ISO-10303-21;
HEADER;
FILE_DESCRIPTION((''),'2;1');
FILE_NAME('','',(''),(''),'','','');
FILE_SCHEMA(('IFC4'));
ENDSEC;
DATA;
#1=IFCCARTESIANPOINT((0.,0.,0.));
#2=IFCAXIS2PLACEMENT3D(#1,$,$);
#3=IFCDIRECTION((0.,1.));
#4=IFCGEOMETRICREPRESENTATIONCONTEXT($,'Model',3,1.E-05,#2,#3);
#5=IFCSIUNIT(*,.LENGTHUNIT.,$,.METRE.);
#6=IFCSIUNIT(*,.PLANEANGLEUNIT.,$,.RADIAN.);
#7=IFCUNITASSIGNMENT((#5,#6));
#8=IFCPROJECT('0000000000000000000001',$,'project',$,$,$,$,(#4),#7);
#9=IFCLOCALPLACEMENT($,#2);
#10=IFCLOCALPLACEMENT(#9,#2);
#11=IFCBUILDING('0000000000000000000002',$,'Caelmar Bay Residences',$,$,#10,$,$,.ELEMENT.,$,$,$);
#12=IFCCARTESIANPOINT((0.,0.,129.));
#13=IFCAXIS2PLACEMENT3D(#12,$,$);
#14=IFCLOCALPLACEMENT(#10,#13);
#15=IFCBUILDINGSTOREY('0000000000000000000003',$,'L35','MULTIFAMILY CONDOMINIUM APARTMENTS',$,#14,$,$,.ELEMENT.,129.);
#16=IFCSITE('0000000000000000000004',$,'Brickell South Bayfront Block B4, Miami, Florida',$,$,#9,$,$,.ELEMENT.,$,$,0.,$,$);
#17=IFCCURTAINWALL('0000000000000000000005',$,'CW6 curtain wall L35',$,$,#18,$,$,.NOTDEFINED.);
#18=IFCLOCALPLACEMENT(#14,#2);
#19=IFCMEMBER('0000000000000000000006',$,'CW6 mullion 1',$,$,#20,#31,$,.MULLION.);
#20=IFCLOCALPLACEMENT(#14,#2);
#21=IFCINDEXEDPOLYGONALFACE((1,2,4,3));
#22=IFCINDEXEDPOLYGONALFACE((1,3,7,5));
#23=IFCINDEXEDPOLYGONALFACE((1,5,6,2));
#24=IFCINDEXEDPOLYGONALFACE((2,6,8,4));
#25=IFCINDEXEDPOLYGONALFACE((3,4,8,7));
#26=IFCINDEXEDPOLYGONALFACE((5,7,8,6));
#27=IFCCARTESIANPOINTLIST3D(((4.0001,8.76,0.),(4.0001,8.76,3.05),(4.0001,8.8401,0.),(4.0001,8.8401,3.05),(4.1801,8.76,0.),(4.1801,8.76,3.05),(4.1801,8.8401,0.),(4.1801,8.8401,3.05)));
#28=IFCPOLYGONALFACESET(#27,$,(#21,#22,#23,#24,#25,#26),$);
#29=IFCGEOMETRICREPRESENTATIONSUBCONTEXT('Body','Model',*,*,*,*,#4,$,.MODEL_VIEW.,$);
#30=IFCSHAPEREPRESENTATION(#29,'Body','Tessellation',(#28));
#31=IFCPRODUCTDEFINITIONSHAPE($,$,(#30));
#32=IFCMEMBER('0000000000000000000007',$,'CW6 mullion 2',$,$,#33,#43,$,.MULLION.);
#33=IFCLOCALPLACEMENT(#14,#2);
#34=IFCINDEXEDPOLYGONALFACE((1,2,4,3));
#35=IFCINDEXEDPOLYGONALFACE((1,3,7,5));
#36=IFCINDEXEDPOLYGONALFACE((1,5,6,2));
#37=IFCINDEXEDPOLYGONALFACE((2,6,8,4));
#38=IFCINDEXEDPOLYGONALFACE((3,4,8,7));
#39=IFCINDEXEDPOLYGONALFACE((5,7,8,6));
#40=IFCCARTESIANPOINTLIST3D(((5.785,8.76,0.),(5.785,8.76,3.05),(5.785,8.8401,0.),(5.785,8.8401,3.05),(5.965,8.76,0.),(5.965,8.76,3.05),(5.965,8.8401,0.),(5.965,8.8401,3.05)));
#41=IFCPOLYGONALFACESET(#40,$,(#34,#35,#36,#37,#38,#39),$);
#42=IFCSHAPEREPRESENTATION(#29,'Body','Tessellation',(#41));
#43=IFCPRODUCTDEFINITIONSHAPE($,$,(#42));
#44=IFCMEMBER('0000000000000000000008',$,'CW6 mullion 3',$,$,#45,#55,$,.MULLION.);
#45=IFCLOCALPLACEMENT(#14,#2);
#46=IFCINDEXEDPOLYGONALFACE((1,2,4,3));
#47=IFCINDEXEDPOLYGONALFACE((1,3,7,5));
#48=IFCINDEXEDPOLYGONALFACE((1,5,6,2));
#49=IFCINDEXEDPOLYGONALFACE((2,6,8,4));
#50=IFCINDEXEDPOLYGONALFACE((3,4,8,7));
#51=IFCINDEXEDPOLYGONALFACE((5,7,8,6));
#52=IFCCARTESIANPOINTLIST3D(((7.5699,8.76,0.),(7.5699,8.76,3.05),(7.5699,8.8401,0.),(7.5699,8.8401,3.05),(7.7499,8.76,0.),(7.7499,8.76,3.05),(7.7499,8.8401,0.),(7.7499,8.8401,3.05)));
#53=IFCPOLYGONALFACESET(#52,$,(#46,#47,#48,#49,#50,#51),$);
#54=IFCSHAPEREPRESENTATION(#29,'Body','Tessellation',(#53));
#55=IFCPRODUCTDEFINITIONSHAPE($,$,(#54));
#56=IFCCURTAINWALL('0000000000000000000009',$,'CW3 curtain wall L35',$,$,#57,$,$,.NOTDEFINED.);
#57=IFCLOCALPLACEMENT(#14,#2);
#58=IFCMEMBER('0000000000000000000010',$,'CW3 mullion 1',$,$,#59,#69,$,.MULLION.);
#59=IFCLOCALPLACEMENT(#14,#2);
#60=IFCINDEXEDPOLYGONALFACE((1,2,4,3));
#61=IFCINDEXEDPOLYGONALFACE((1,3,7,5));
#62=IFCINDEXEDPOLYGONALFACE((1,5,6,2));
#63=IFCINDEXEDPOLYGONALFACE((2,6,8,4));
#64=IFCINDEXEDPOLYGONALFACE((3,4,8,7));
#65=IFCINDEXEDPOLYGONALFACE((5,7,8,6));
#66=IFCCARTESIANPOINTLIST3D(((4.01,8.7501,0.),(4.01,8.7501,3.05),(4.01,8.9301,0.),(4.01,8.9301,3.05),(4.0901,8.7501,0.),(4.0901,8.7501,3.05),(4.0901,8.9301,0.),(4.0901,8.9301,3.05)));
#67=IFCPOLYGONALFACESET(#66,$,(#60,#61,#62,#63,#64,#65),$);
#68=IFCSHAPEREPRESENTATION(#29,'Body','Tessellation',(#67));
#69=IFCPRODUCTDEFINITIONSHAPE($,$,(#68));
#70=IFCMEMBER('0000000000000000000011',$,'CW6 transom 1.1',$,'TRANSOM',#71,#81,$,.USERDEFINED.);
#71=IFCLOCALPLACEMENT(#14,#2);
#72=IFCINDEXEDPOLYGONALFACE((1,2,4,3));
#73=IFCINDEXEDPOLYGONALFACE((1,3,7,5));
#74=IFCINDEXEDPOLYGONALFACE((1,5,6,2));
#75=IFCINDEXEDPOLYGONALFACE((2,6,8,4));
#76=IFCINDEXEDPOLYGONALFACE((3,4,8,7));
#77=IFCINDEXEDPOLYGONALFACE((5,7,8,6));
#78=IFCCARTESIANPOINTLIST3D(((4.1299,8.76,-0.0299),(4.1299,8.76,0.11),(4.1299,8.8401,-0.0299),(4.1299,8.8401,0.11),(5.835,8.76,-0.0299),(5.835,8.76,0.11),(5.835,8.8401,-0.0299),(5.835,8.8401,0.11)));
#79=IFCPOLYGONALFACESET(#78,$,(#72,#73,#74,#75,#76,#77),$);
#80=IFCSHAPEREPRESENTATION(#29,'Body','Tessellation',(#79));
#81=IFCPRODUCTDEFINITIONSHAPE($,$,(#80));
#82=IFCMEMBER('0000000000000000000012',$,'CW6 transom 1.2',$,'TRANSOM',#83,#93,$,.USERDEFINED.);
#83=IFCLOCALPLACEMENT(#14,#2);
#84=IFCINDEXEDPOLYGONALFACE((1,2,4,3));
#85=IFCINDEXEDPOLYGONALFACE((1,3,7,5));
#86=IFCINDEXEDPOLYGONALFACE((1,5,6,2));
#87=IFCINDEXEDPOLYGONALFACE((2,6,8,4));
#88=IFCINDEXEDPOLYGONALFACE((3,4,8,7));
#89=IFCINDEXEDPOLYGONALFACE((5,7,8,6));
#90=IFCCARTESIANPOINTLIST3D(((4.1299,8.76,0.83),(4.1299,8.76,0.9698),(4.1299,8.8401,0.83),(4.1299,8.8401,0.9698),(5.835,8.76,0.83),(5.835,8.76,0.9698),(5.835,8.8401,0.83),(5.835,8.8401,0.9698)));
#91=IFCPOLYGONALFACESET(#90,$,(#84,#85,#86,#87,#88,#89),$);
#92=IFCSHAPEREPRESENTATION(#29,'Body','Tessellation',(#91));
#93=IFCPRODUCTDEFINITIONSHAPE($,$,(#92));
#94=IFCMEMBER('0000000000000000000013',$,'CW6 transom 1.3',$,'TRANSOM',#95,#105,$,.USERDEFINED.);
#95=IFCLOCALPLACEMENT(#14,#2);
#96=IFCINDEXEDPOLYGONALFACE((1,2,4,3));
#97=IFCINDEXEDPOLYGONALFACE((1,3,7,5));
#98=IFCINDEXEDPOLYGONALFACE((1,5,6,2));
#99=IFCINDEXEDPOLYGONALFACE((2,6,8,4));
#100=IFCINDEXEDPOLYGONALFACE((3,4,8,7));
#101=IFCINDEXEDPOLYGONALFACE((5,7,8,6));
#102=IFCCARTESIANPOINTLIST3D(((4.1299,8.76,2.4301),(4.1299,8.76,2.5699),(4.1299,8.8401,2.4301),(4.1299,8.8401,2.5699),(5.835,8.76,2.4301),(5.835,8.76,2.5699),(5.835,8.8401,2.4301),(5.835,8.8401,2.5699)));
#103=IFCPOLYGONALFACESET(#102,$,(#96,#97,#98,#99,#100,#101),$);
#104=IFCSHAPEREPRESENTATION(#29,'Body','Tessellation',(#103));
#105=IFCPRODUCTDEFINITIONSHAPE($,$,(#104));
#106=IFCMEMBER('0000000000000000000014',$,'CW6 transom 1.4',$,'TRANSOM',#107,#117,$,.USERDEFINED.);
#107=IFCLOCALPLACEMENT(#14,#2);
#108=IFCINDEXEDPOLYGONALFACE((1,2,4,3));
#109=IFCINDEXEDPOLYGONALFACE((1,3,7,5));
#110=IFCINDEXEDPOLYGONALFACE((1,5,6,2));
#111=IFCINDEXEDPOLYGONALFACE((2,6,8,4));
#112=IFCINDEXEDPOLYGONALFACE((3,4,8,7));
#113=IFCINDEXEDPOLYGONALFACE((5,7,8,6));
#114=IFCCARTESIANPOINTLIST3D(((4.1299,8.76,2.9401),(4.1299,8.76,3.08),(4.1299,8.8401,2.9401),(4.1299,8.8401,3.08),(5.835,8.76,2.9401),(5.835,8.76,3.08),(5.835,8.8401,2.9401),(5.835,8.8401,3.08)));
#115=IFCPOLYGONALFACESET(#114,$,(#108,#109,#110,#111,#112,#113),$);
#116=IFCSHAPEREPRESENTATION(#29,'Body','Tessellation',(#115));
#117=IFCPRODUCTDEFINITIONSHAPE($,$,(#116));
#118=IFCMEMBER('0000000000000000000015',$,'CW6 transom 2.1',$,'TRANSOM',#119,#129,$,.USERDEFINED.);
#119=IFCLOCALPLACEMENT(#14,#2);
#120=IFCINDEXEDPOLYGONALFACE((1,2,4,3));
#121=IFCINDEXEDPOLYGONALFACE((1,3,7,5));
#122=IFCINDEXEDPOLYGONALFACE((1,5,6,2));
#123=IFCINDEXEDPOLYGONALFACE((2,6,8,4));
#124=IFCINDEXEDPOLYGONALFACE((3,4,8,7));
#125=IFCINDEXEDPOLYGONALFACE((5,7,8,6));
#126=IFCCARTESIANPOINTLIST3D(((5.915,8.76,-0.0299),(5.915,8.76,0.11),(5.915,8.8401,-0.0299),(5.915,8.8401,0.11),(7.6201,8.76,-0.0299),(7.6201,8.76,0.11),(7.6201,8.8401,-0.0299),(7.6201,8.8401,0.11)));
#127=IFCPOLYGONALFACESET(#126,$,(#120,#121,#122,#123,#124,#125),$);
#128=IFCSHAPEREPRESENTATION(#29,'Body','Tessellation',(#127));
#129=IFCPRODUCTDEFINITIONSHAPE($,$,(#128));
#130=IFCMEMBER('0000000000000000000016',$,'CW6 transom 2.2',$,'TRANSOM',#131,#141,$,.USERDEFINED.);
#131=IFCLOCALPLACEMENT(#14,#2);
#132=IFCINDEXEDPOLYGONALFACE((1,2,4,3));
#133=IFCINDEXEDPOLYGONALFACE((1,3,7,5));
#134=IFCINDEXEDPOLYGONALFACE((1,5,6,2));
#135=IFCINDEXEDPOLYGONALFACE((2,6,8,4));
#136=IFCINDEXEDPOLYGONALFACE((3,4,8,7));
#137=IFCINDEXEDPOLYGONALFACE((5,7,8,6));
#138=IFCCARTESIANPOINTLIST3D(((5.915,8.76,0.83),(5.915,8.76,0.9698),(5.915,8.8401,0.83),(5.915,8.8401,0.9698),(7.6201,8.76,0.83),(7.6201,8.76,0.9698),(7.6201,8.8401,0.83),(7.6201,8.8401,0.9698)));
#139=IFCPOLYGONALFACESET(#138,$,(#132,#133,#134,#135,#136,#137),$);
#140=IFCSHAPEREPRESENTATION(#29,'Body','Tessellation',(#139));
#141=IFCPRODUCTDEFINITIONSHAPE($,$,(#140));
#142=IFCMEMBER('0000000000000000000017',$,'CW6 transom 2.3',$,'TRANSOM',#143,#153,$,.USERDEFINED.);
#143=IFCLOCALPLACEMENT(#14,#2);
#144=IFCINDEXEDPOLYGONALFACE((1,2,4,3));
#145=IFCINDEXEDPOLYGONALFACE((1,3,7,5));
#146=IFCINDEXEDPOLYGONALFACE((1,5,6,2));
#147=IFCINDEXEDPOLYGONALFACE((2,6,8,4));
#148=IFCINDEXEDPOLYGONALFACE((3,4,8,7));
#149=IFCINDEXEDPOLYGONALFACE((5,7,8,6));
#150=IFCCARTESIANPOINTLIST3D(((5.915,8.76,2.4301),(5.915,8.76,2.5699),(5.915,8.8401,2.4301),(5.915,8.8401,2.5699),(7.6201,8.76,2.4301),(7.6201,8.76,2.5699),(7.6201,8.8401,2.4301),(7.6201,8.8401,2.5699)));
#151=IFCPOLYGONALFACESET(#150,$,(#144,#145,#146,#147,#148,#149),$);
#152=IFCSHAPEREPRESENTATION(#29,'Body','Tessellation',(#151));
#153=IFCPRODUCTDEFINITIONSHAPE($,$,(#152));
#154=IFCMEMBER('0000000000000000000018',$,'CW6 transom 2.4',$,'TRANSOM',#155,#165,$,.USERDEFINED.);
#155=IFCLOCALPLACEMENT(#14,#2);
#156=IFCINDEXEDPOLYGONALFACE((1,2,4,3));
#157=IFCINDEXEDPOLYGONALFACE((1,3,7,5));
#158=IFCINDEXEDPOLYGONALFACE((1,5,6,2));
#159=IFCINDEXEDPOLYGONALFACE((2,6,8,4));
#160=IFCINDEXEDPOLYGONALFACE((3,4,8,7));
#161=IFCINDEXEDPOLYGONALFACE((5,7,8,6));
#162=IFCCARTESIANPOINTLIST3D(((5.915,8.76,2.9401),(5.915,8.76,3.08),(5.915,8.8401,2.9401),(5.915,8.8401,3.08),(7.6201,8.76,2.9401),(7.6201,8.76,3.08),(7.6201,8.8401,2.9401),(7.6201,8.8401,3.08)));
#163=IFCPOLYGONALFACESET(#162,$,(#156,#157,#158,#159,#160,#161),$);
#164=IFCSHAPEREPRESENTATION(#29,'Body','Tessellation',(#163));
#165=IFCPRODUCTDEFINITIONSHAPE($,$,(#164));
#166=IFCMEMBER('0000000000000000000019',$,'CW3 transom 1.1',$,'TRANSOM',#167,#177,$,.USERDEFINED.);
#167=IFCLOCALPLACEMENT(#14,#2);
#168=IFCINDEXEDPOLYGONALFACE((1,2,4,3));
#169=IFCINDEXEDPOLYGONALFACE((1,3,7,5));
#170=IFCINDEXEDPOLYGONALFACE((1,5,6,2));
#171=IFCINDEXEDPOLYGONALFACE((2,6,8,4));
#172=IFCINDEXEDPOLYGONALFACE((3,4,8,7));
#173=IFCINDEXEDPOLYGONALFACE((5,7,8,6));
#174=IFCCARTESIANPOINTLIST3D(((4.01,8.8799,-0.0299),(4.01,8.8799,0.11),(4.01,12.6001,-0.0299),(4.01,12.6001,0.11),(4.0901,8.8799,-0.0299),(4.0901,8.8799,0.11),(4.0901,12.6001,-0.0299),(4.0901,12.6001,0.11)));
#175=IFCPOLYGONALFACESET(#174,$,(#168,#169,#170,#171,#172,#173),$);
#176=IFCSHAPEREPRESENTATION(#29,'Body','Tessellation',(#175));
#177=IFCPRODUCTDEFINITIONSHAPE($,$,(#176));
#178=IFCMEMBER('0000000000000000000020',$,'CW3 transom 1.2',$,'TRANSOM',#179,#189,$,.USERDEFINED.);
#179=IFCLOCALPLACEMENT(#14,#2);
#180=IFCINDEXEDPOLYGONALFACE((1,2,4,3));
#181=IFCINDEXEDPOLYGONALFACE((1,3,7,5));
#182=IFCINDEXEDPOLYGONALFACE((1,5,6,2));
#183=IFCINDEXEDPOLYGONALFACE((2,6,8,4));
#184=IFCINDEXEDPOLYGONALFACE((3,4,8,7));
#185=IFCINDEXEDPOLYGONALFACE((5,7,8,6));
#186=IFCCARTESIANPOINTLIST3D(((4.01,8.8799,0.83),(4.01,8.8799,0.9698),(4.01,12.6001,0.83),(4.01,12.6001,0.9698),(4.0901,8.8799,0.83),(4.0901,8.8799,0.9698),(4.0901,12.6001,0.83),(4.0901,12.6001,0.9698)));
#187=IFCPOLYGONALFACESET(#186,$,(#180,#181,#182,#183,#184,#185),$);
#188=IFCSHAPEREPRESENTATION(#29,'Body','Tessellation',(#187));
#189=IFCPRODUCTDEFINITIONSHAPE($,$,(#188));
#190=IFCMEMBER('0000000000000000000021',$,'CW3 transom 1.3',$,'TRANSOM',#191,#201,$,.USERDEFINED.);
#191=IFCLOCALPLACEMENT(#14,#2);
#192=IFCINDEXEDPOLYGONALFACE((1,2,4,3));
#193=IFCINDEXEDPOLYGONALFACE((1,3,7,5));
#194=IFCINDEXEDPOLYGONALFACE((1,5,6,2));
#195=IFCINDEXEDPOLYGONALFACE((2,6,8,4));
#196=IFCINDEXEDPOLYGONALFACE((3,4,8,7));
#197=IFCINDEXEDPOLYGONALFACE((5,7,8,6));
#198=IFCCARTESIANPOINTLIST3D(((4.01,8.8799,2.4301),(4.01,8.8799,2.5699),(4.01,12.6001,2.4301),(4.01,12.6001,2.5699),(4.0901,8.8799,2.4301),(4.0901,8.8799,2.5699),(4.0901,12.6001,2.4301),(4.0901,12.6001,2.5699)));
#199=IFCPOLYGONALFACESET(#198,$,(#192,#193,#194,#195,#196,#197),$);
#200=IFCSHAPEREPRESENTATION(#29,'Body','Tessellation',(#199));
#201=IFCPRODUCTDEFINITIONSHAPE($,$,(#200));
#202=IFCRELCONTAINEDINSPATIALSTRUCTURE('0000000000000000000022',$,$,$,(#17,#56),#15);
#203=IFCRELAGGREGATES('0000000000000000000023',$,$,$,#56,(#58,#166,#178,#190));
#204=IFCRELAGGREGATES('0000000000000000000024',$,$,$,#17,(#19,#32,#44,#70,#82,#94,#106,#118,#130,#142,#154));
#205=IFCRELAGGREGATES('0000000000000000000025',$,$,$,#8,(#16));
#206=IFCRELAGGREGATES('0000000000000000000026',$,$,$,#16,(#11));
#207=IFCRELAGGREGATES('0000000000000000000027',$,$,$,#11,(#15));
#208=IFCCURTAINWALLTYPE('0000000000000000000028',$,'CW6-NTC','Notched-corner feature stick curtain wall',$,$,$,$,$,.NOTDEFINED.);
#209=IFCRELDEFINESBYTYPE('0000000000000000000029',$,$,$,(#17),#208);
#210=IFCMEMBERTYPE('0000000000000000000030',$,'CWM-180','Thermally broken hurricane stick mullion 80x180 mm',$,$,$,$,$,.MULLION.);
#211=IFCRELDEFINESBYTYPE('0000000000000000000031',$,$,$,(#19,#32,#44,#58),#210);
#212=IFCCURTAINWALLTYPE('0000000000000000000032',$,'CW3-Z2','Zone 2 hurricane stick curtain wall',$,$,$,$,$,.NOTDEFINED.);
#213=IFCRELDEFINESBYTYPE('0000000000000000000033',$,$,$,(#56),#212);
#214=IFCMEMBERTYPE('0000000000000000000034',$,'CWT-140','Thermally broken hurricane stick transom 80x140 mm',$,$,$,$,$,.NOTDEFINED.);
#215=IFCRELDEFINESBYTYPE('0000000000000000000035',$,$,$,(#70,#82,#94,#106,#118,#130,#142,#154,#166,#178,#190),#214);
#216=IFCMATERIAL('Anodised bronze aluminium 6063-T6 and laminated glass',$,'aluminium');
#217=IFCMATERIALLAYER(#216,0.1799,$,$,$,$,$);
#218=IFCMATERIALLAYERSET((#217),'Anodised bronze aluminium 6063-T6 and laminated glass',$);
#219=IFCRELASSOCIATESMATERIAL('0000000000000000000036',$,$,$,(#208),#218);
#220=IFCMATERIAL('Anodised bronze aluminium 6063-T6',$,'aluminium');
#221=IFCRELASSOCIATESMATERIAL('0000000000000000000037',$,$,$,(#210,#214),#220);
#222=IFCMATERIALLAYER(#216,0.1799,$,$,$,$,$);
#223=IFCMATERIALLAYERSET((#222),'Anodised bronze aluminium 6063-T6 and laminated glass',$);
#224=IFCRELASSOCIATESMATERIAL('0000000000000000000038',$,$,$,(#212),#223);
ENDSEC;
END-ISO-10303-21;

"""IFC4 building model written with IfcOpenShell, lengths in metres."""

from ifc_helpers import new_model, si_unit, direction, frame, origin, origin_2d, place, context, subcontext, project, spatial, rectangle, extrude, material, layer, layer_set, material_profile, profile_set, type_object, element, aggregate, save


model = new_model("IFC4")

# Units and contexts
model_context = context("Model", 3, precision=1e-05, world=origin(), true_north=direction((0.0, 1.0)))
body_context = subcontext(model_context, "Body", "Model", "MODEL_VIEW")
ifc_project = project(units=[si_unit("LENGTHUNIT", "METRE"), si_unit("PLANEANGLEUNIT", "RADIAN")], contexts=[model_context])

# Site, building, storey
site_placement = place(None, origin())
site = spatial("IfcSite", under=ifc_project, at=site_placement, Name="Brickell South Bayfront Block B4, Miami, Florida", CompositionType="ELEMENT", RefElevation=0.0)
building_placement = place(site_placement, origin())
building = spatial("IfcBuilding", under=site, at=building_placement, Name="Caelmar Bay Residences", CompositionType="ELEMENT")
storey_placement = place(building_placement, frame((0.0, 0.0, 129.0)))
storey = spatial("IfcBuildingStorey", under=building, at=storey_placement, Name="L35", Description="MULTIFAMILY CONDOMINIUM APARTMENTS", CompositionType="ELEMENT", Elevation=129.0)

# Curtain wall, members
ifc_material_1 = material(Name="Anodised bronze aluminium 6063-T6 and laminated glass", Category="aluminium")
ifc_layer_1 = layer(ifc_material_1, 0.1799)
ifc_layer_set_1 = layer_set([ifc_layer_1], Name="Anodised bronze aluminium 6063-T6 and laminated glass")
curtain_wall_type_1 = type_object("IfcCurtainWallType", Name="CW6-NTC", Description="Notched-corner feature stick curtain wall", PredefinedType="NOTDEFINED", material=ifc_layer_set_1)
curtain_wall_1_placement = place(storey_placement, origin())
curtain_wall_1 = element("IfcCurtainWall", 1, at=curtain_wall_1_placement, inside=storey, type_object=curtain_wall_type_1, Name="CW6 curtain wall L35", PredefinedType="NOTDEFINED")
ifc_material_2 = material(Name="Anodised bronze aluminium 6063-T6", Category="aluminium")
ifc_material_profile_1 = material_profile(ifc_material_2, rectangle(XDim=0.0801, YDim=0.1799, at=origin_2d()), Name="CWM-80X180")
ifc_profile_set_1 = profile_set([ifc_material_profile_1], Name="Anodised bronze aluminium 6063-T6")
member_type_1 = type_object("IfcMemberType", Name="CWM-180", Description="Thermally broken hurricane stick mullion 80x180 mm", PredefinedType="MULLION", material=ifc_profile_set_1)
member_1_placement = place(storey_placement, frame((4.0901, 8.8, 0.0), z_axis=(0.0, 0.0, 1.0), x_axis=(0.0, 1.0, 0.0)))
member_1 = element("IfcMember", 2, at=member_1_placement, type_object=member_type_1, Name="CW6 mullion 1", PredefinedType="MULLION", context=body_context, shape_type="SweptSolid", body=[
    extrude(rectangle(XDim=0.0801, YDim=0.1799, at=origin_2d()), origin(), (0.0, 0.0, 1.0), 3.05),
])
member_2_placement = place(storey_placement, frame((5.875, 8.8, 0.0), z_axis=(0.0, 0.0, 1.0), x_axis=(0.0, 1.0, 0.0)))
member_2 = element("IfcMember", 3, at=member_2_placement, type_object=member_type_1, Name="CW6 mullion 2", PredefinedType="MULLION", context=body_context, shape_type="SweptSolid", body=[
    extrude(rectangle(XDim=0.0801, YDim=0.1799, at=origin_2d()), origin(), (0.0, 0.0, 1.0), 3.05),
])
member_3_placement = place(storey_placement, frame((7.6599, 8.8, 0.0), z_axis=(0.0, 0.0, 1.0), x_axis=(0.0, 1.0, 0.0)))
member_3 = element("IfcMember", 4, at=member_3_placement, type_object=member_type_1, Name="CW6 mullion 3", PredefinedType="MULLION", context=body_context, shape_type="SweptSolid", body=[
    extrude(rectangle(XDim=0.0801, YDim=0.1799, at=origin_2d()), origin(), (0.0, 0.0, 1.0), 3.05),
])

# Curtain wall, member
ifc_layer_2 = layer(ifc_material_1, 0.1799)
ifc_layer_set_2 = layer_set([ifc_layer_2], Name="Anodised bronze aluminium 6063-T6 and laminated glass")
curtain_wall_type_2 = type_object("IfcCurtainWallType", Name="CW3-Z2", Description="Zone 2 hurricane stick curtain wall", PredefinedType="NOTDEFINED", material=ifc_layer_set_2)
curtain_wall_2_placement = place(storey_placement, origin())
curtain_wall_2 = element("IfcCurtainWall", 5, at=curtain_wall_2_placement, inside=storey, type_object=curtain_wall_type_2, Name="CW3 curtain wall L35", PredefinedType="NOTDEFINED")
member_4_placement = place(storey_placement, frame((4.05, 8.8401, 0.0), z_axis=(0.0, 0.0, 1.0), x_axis=(-1.0, 0.0, 0.0)))
member_4 = element("IfcMember", 6, at=member_4_placement, type_object=member_type_1, Name="CW3 mullion 1", PredefinedType="MULLION", context=body_context, shape_type="SweptSolid", body=[
    extrude(rectangle(XDim=0.0801, YDim=0.1799, at=origin_2d()), origin(), (0.0, 0.0, 1.0), 3.05),
])

# Members
ifc_material_profile_2 = material_profile(ifc_material_2, rectangle(XDim=0.0801, YDim=0.1399, at=origin_2d()), Name="CWT-80X140")
ifc_profile_set_2 = profile_set([ifc_material_profile_2], Name="Anodised bronze aluminium 6063-T6")
member_type_2 = type_object("IfcMemberType", Name="CWT-140", Description="Thermally broken hurricane stick transom 80x140 mm", PredefinedType="NOTDEFINED", material=ifc_profile_set_2)
member_5_placement = place(storey_placement, frame((4.1299, 8.8, 0.04), z_axis=(1.0, 0.0, 0.0), x_axis=(0.0, 1.0, 0.0)))
member_5 = element("IfcMember", 7, at=member_5_placement, type_object=member_type_2, Name="CW6 transom 1.1", ObjectType="TRANSOM", PredefinedType="USERDEFINED", context=body_context, shape_type="SweptSolid", body=[
    extrude(rectangle(XDim=0.0801, YDim=0.1399, at=origin_2d()), origin(), (0.0, 0.0, 1.0), 1.7051),
])
member_6_placement = place(storey_placement, frame((4.1299, 8.8, 0.8999), z_axis=(1.0, 0.0, 0.0), x_axis=(0.0, 1.0, 0.0)))
member_6 = element("IfcMember", 8, at=member_6_placement, type_object=member_type_2, Name="CW6 transom 1.2", ObjectType="TRANSOM", PredefinedType="USERDEFINED", context=body_context, shape_type="SweptSolid", body=[
    extrude(rectangle(XDim=0.0801, YDim=0.1399, at=origin_2d()), origin(), (0.0, 0.0, 1.0), 1.7051),
])
member_7_placement = place(storey_placement, frame((4.1299, 8.8, 2.5), z_axis=(1.0, 0.0, 0.0), x_axis=(0.0, 1.0, 0.0)))
member_7 = element("IfcMember", 9, at=member_7_placement, type_object=member_type_2, Name="CW6 transom 1.3", ObjectType="TRANSOM", PredefinedType="USERDEFINED", context=body_context, shape_type="SweptSolid", body=[
    extrude(rectangle(XDim=0.0801, YDim=0.1399, at=origin_2d()), origin(), (0.0, 0.0, 1.0), 1.7051),
])
member_8_placement = place(storey_placement, frame((4.1299, 8.8, 3.01), z_axis=(1.0, 0.0, 0.0), x_axis=(0.0, 1.0, 0.0)))
member_8 = element("IfcMember", 10, at=member_8_placement, type_object=member_type_2, Name="CW6 transom 1.4", ObjectType="TRANSOM", PredefinedType="USERDEFINED", context=body_context, shape_type="SweptSolid", body=[
    extrude(rectangle(XDim=0.0801, YDim=0.1399, at=origin_2d()), origin(), (0.0, 0.0, 1.0), 1.7051),
])
member_9_placement = place(storey_placement, frame((5.915, 8.8, 0.04), z_axis=(1.0, 0.0, 0.0), x_axis=(0.0, 1.0, 0.0)))
member_9 = element("IfcMember", 11, at=member_9_placement, type_object=member_type_2, Name="CW6 transom 2.1", ObjectType="TRANSOM", PredefinedType="USERDEFINED", context=body_context, shape_type="SweptSolid", body=[
    extrude(rectangle(XDim=0.0801, YDim=0.1399, at=origin_2d()), origin(), (0.0, 0.0, 1.0), 1.7051),
])
member_10_placement = place(storey_placement, frame((5.915, 8.8, 0.8999), z_axis=(1.0, 0.0, 0.0), x_axis=(0.0, 1.0, 0.0)))
member_10 = element("IfcMember", 12, at=member_10_placement, type_object=member_type_2, Name="CW6 transom 2.2", ObjectType="TRANSOM", PredefinedType="USERDEFINED", context=body_context, shape_type="SweptSolid", body=[
    extrude(rectangle(XDim=0.0801, YDim=0.1399, at=origin_2d()), origin(), (0.0, 0.0, 1.0), 1.7051),
])
member_11_placement = place(storey_placement, frame((5.915, 8.8, 2.5), z_axis=(1.0, 0.0, 0.0), x_axis=(0.0, 1.0, 0.0)))
member_11 = element("IfcMember", 13, at=member_11_placement, type_object=member_type_2, Name="CW6 transom 2.3", ObjectType="TRANSOM", PredefinedType="USERDEFINED", context=body_context, shape_type="SweptSolid", body=[
    extrude(rectangle(XDim=0.0801, YDim=0.1399, at=origin_2d()), origin(), (0.0, 0.0, 1.0), 1.7051),
])
member_12_placement = place(storey_placement, frame((5.915, 8.8, 3.01), z_axis=(1.0, 0.0, 0.0), x_axis=(0.0, 1.0, 0.0)))
member_12 = element("IfcMember", 14, at=member_12_placement, type_object=member_type_2, Name="CW6 transom 2.4", ObjectType="TRANSOM", PredefinedType="USERDEFINED", context=body_context, shape_type="SweptSolid", body=[
    extrude(rectangle(XDim=0.0801, YDim=0.1399, at=origin_2d()), origin(), (0.0, 0.0, 1.0), 1.7051),
])
member_13_placement = place(storey_placement, frame((4.05, 8.8799, 0.04), z_axis=(0.0, 1.0, 0.0), x_axis=(-1.0, 0.0, 0.0)))
member_13 = element("IfcMember", 15, at=member_13_placement, type_object=member_type_2, Name="CW3 transom 1.1", ObjectType="TRANSOM", PredefinedType="USERDEFINED", context=body_context, shape_type="SweptSolid", body=[
    extrude(rectangle(XDim=0.0801, YDim=0.1399, at=origin_2d()), origin(), (0.0, 0.0, 1.0), 3.7202),
])
member_14_placement = place(storey_placement, frame((4.05, 8.8799, 0.8999), z_axis=(0.0, 1.0, 0.0), x_axis=(-1.0, 0.0, 0.0)))
member_14 = element("IfcMember", 16, at=member_14_placement, type_object=member_type_2, Name="CW3 transom 1.2", ObjectType="TRANSOM", PredefinedType="USERDEFINED", context=body_context, shape_type="SweptSolid", body=[
    extrude(rectangle(XDim=0.0801, YDim=0.1399, at=origin_2d()), origin(), (0.0, 0.0, 1.0), 3.7202),
])
member_15_placement = place(storey_placement, frame((4.05, 8.8799, 2.5), z_axis=(0.0, 1.0, 0.0), x_axis=(-1.0, 0.0, 0.0)))
member_15 = element("IfcMember", 17, at=member_15_placement, type_object=member_type_2, Name="CW3 transom 1.3", ObjectType="TRANSOM", PredefinedType="USERDEFINED", context=body_context, shape_type="SweptSolid", body=[
    extrude(rectangle(XDim=0.0801, YDim=0.1399, at=origin_2d()), origin(), (0.0, 0.0, 1.0), 3.7202),
])
aggregate(curtain_wall_2, [member_4, member_13, member_14, member_15])

aggregate(curtain_wall_1, [member_1, member_2, member_3, member_5, member_6, member_7, member_8, member_9, member_10, member_11, member_12])

save(model, "model.ifc")
